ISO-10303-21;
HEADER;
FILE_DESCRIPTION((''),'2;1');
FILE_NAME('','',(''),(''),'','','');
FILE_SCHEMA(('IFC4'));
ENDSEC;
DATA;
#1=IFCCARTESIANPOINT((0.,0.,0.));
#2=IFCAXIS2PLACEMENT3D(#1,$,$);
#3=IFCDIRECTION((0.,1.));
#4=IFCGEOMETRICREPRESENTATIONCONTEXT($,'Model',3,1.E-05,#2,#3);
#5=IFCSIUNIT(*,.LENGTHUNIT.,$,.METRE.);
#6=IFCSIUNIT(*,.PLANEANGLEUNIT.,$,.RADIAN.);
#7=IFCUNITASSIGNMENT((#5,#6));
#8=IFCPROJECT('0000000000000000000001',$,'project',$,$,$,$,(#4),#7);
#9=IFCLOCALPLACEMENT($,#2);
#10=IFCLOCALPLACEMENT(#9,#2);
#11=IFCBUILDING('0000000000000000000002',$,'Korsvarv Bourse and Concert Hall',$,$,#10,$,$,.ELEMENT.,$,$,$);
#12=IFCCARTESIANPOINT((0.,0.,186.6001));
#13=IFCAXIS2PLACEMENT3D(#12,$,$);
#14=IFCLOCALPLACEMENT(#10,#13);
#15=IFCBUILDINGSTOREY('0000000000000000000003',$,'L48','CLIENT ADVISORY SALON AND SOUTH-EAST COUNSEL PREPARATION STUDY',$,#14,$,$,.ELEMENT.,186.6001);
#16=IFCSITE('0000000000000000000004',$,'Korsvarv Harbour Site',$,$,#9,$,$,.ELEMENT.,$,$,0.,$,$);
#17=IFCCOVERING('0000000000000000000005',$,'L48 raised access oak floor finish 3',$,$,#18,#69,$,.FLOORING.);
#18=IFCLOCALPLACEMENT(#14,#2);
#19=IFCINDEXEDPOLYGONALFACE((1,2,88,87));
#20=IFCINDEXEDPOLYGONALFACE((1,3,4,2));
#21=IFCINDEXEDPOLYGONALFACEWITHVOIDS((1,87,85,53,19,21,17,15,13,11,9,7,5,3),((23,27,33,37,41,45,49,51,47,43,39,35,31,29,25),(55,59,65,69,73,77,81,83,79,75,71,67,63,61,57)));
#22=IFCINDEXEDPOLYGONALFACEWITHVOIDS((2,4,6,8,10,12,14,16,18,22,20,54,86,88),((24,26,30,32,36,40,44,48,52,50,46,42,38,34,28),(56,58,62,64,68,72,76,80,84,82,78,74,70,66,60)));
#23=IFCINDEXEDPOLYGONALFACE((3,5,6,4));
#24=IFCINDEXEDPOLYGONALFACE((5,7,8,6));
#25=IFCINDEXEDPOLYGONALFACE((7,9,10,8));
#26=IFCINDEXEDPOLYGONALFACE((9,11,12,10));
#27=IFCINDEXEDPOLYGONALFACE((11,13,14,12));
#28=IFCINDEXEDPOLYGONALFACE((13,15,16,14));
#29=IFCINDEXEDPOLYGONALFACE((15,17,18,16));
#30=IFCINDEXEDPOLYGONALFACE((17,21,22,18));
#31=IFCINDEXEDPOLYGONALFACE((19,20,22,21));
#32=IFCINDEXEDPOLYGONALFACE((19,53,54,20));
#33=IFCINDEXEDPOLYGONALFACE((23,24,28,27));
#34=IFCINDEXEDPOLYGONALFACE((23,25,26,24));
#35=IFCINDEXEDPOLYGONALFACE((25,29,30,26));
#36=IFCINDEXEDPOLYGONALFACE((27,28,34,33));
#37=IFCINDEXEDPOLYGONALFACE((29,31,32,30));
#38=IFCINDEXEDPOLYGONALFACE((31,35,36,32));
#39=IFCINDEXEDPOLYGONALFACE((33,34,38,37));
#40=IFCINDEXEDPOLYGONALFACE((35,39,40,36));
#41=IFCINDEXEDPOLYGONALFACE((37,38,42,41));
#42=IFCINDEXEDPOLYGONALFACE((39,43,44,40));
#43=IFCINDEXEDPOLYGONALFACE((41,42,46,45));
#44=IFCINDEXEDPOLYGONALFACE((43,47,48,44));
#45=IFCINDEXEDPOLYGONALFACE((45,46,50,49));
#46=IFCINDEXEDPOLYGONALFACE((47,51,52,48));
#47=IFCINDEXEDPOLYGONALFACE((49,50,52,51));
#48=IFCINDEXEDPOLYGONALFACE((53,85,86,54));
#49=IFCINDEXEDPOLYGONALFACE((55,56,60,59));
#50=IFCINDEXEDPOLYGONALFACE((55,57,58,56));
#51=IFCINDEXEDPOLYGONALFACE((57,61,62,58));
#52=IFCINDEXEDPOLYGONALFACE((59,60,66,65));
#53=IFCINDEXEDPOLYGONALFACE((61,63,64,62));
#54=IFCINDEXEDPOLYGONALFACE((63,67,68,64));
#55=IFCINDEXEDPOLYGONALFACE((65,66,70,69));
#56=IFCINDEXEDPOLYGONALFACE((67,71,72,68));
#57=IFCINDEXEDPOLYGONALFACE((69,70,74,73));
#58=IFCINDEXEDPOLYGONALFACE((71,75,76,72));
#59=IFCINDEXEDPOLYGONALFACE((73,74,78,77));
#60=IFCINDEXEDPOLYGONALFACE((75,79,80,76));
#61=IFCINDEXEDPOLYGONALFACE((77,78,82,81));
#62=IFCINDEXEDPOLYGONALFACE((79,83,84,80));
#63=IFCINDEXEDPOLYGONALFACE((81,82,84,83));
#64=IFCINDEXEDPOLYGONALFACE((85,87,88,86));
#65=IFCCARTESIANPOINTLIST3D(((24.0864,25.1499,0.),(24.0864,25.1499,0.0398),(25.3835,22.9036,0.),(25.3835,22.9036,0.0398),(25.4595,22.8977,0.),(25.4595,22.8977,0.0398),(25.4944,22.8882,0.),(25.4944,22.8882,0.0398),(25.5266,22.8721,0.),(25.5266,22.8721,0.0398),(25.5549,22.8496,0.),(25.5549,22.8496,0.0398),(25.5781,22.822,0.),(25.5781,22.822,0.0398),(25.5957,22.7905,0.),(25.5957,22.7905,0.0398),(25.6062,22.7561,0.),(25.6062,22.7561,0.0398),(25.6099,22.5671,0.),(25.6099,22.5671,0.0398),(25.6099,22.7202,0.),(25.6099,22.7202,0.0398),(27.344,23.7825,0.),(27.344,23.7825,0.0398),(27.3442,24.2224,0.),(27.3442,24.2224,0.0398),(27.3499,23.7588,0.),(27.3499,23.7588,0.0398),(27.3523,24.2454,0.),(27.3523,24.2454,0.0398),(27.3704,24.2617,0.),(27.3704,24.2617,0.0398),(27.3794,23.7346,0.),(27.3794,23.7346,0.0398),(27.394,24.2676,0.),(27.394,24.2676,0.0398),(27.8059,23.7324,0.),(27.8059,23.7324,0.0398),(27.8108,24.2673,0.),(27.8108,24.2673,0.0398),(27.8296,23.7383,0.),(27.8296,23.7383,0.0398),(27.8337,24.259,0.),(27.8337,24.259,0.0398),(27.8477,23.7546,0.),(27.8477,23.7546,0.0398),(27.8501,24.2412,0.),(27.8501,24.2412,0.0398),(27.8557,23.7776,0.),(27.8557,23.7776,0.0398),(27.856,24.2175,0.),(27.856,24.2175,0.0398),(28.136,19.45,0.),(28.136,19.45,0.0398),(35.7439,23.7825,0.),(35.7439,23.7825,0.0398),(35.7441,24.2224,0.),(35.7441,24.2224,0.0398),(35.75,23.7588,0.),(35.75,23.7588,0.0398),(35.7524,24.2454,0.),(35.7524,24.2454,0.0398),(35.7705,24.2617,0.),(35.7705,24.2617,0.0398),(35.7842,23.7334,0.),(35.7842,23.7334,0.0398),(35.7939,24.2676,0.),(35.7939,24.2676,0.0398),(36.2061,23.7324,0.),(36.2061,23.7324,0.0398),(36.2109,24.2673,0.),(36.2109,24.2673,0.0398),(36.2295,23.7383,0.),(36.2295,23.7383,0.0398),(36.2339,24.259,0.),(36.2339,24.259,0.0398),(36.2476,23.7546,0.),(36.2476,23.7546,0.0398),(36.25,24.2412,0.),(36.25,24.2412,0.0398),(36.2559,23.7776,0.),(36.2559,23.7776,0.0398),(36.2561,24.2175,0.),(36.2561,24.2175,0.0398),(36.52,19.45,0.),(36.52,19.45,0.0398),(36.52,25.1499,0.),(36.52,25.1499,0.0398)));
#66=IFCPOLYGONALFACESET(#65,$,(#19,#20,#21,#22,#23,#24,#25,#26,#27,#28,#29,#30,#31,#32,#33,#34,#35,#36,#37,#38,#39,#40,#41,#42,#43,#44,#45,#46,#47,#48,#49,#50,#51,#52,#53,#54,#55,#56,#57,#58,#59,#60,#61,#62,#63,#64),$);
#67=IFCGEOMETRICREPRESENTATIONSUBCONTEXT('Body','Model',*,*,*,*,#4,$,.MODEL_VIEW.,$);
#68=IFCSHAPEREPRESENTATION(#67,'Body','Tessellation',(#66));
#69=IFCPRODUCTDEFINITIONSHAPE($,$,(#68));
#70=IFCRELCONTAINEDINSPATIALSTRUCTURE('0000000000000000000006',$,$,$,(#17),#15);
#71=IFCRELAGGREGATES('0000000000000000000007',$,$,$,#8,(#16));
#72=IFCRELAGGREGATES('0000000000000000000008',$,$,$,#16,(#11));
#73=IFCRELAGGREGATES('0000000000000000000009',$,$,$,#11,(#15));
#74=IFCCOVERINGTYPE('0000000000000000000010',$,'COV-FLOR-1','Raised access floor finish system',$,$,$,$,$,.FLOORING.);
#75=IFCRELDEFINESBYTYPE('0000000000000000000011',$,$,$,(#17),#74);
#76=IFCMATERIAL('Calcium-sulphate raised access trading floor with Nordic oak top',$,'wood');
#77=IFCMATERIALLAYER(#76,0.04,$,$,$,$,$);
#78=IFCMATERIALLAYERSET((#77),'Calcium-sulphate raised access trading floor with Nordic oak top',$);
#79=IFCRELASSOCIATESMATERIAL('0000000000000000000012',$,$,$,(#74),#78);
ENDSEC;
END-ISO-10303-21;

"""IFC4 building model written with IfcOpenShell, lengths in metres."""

from ifc_helpers import new_model, si_unit, direction, frame, origin, place, context, subcontext, project, spatial, polyline, outline, extrude, material, layer, layer_set, type_object, element, save


model = new_model("IFC4")

# Units and contexts
model_context = context("Model", 3, precision=1e-05, world=origin(), true_north=direction((0.0, 1.0)))
body_context = subcontext(model_context, "Body", "Model", "MODEL_VIEW")
ifc_project = project(units=[si_unit("LENGTHUNIT", "METRE"), si_unit("PLANEANGLEUNIT", "RADIAN")], contexts=[model_context])

# Site, building, storey
site_placement = place(None, origin())
site = spatial("IfcSite", under=ifc_project, at=site_placement, Name="Korsvarv Harbour Site", CompositionType="ELEMENT", RefElevation=0.0)
building_placement = place(site_placement, origin())
building = spatial("IfcBuilding", under=site, at=building_placement, Name="Korsvarv Bourse and Concert Hall", CompositionType="ELEMENT")
storey_placement = place(building_placement, frame((0.0, 0.0, 186.6001)))
storey = spatial("IfcBuildingStorey", under=building, at=storey_placement, Name="L48", Description="CLIENT ADVISORY SALON AND SOUTH-EAST COUNSEL PREPARATION STUDY", CompositionType="ELEMENT", Elevation=186.6001)

# Covering
ifc_material_1 = material(Name="Calcium-sulphate raised access trading floor with Nordic oak top", Category="wood")
ifc_layer_1 = layer(ifc_material_1, 0.04)
ifc_layer_set_1 = layer_set([ifc_layer_1], Name="Calcium-sulphate raised access trading floor with Nordic oak top")
covering_type_1 = type_object("IfcCoveringType", Name="COV-FLOR-1", Description="Raised access floor finish system", PredefinedType="FLOORING", material=ifc_layer_set_1)
covering_1_placement = place(storey_placement, origin())
element("IfcCovering", 1, at=covering_1_placement, inside=storey, type_object=covering_type_1, Name="L48 raised access oak floor finish 3", PredefinedType="FLOORING", context=body_context, shape_type="SweptSolid", body=[
    extrude(outline(polyline([(28.136, 19.45), (25.6099, 22.5671), (25.6099, 22.7202), (25.6062, 22.7561), (25.5957, 22.7905), (25.5781, 22.822), (25.5549, 22.8496), (25.5266, 22.8721), (25.4944, 22.8882), (25.4595, 22.8977), (25.3835, 22.9036), (24.0864, 25.1499), (36.52, 25.1499), (36.52, 19.45), (28.136, 19.45)]), holes=[polyline([(27.3794, 23.7346), (27.8059, 23.7324), (27.8296, 23.7383), (27.8477, 23.7546), (27.8557, 23.7776), (27.856, 24.2175), (27.8501, 24.2412), (27.8337, 24.259), (27.8108, 24.2673), (27.394, 24.2676), (27.3704, 24.2617), (27.3523, 24.2454), (27.3442, 24.2224), (27.344, 23.7825), (27.3499, 23.7588), (27.3794, 23.7346)]), polyline([(35.7842, 23.7334), (36.2061, 23.7324), (36.2295, 23.7383), (36.2476, 23.7546), (36.2559, 23.7776), (36.2561, 24.2175), (36.25, 24.2412), (36.2339, 24.259), (36.2109, 24.2673), (35.7939, 24.2676), (35.7705, 24.2617), (35.7524, 24.2454), (35.7441, 24.2224), (35.7439, 23.7825), (35.75, 23.7588), (35.7842, 23.7334)])]), origin(), (0.0, 0.0, 1.0), 0.0398),
])

save(model, "model.ifc")
